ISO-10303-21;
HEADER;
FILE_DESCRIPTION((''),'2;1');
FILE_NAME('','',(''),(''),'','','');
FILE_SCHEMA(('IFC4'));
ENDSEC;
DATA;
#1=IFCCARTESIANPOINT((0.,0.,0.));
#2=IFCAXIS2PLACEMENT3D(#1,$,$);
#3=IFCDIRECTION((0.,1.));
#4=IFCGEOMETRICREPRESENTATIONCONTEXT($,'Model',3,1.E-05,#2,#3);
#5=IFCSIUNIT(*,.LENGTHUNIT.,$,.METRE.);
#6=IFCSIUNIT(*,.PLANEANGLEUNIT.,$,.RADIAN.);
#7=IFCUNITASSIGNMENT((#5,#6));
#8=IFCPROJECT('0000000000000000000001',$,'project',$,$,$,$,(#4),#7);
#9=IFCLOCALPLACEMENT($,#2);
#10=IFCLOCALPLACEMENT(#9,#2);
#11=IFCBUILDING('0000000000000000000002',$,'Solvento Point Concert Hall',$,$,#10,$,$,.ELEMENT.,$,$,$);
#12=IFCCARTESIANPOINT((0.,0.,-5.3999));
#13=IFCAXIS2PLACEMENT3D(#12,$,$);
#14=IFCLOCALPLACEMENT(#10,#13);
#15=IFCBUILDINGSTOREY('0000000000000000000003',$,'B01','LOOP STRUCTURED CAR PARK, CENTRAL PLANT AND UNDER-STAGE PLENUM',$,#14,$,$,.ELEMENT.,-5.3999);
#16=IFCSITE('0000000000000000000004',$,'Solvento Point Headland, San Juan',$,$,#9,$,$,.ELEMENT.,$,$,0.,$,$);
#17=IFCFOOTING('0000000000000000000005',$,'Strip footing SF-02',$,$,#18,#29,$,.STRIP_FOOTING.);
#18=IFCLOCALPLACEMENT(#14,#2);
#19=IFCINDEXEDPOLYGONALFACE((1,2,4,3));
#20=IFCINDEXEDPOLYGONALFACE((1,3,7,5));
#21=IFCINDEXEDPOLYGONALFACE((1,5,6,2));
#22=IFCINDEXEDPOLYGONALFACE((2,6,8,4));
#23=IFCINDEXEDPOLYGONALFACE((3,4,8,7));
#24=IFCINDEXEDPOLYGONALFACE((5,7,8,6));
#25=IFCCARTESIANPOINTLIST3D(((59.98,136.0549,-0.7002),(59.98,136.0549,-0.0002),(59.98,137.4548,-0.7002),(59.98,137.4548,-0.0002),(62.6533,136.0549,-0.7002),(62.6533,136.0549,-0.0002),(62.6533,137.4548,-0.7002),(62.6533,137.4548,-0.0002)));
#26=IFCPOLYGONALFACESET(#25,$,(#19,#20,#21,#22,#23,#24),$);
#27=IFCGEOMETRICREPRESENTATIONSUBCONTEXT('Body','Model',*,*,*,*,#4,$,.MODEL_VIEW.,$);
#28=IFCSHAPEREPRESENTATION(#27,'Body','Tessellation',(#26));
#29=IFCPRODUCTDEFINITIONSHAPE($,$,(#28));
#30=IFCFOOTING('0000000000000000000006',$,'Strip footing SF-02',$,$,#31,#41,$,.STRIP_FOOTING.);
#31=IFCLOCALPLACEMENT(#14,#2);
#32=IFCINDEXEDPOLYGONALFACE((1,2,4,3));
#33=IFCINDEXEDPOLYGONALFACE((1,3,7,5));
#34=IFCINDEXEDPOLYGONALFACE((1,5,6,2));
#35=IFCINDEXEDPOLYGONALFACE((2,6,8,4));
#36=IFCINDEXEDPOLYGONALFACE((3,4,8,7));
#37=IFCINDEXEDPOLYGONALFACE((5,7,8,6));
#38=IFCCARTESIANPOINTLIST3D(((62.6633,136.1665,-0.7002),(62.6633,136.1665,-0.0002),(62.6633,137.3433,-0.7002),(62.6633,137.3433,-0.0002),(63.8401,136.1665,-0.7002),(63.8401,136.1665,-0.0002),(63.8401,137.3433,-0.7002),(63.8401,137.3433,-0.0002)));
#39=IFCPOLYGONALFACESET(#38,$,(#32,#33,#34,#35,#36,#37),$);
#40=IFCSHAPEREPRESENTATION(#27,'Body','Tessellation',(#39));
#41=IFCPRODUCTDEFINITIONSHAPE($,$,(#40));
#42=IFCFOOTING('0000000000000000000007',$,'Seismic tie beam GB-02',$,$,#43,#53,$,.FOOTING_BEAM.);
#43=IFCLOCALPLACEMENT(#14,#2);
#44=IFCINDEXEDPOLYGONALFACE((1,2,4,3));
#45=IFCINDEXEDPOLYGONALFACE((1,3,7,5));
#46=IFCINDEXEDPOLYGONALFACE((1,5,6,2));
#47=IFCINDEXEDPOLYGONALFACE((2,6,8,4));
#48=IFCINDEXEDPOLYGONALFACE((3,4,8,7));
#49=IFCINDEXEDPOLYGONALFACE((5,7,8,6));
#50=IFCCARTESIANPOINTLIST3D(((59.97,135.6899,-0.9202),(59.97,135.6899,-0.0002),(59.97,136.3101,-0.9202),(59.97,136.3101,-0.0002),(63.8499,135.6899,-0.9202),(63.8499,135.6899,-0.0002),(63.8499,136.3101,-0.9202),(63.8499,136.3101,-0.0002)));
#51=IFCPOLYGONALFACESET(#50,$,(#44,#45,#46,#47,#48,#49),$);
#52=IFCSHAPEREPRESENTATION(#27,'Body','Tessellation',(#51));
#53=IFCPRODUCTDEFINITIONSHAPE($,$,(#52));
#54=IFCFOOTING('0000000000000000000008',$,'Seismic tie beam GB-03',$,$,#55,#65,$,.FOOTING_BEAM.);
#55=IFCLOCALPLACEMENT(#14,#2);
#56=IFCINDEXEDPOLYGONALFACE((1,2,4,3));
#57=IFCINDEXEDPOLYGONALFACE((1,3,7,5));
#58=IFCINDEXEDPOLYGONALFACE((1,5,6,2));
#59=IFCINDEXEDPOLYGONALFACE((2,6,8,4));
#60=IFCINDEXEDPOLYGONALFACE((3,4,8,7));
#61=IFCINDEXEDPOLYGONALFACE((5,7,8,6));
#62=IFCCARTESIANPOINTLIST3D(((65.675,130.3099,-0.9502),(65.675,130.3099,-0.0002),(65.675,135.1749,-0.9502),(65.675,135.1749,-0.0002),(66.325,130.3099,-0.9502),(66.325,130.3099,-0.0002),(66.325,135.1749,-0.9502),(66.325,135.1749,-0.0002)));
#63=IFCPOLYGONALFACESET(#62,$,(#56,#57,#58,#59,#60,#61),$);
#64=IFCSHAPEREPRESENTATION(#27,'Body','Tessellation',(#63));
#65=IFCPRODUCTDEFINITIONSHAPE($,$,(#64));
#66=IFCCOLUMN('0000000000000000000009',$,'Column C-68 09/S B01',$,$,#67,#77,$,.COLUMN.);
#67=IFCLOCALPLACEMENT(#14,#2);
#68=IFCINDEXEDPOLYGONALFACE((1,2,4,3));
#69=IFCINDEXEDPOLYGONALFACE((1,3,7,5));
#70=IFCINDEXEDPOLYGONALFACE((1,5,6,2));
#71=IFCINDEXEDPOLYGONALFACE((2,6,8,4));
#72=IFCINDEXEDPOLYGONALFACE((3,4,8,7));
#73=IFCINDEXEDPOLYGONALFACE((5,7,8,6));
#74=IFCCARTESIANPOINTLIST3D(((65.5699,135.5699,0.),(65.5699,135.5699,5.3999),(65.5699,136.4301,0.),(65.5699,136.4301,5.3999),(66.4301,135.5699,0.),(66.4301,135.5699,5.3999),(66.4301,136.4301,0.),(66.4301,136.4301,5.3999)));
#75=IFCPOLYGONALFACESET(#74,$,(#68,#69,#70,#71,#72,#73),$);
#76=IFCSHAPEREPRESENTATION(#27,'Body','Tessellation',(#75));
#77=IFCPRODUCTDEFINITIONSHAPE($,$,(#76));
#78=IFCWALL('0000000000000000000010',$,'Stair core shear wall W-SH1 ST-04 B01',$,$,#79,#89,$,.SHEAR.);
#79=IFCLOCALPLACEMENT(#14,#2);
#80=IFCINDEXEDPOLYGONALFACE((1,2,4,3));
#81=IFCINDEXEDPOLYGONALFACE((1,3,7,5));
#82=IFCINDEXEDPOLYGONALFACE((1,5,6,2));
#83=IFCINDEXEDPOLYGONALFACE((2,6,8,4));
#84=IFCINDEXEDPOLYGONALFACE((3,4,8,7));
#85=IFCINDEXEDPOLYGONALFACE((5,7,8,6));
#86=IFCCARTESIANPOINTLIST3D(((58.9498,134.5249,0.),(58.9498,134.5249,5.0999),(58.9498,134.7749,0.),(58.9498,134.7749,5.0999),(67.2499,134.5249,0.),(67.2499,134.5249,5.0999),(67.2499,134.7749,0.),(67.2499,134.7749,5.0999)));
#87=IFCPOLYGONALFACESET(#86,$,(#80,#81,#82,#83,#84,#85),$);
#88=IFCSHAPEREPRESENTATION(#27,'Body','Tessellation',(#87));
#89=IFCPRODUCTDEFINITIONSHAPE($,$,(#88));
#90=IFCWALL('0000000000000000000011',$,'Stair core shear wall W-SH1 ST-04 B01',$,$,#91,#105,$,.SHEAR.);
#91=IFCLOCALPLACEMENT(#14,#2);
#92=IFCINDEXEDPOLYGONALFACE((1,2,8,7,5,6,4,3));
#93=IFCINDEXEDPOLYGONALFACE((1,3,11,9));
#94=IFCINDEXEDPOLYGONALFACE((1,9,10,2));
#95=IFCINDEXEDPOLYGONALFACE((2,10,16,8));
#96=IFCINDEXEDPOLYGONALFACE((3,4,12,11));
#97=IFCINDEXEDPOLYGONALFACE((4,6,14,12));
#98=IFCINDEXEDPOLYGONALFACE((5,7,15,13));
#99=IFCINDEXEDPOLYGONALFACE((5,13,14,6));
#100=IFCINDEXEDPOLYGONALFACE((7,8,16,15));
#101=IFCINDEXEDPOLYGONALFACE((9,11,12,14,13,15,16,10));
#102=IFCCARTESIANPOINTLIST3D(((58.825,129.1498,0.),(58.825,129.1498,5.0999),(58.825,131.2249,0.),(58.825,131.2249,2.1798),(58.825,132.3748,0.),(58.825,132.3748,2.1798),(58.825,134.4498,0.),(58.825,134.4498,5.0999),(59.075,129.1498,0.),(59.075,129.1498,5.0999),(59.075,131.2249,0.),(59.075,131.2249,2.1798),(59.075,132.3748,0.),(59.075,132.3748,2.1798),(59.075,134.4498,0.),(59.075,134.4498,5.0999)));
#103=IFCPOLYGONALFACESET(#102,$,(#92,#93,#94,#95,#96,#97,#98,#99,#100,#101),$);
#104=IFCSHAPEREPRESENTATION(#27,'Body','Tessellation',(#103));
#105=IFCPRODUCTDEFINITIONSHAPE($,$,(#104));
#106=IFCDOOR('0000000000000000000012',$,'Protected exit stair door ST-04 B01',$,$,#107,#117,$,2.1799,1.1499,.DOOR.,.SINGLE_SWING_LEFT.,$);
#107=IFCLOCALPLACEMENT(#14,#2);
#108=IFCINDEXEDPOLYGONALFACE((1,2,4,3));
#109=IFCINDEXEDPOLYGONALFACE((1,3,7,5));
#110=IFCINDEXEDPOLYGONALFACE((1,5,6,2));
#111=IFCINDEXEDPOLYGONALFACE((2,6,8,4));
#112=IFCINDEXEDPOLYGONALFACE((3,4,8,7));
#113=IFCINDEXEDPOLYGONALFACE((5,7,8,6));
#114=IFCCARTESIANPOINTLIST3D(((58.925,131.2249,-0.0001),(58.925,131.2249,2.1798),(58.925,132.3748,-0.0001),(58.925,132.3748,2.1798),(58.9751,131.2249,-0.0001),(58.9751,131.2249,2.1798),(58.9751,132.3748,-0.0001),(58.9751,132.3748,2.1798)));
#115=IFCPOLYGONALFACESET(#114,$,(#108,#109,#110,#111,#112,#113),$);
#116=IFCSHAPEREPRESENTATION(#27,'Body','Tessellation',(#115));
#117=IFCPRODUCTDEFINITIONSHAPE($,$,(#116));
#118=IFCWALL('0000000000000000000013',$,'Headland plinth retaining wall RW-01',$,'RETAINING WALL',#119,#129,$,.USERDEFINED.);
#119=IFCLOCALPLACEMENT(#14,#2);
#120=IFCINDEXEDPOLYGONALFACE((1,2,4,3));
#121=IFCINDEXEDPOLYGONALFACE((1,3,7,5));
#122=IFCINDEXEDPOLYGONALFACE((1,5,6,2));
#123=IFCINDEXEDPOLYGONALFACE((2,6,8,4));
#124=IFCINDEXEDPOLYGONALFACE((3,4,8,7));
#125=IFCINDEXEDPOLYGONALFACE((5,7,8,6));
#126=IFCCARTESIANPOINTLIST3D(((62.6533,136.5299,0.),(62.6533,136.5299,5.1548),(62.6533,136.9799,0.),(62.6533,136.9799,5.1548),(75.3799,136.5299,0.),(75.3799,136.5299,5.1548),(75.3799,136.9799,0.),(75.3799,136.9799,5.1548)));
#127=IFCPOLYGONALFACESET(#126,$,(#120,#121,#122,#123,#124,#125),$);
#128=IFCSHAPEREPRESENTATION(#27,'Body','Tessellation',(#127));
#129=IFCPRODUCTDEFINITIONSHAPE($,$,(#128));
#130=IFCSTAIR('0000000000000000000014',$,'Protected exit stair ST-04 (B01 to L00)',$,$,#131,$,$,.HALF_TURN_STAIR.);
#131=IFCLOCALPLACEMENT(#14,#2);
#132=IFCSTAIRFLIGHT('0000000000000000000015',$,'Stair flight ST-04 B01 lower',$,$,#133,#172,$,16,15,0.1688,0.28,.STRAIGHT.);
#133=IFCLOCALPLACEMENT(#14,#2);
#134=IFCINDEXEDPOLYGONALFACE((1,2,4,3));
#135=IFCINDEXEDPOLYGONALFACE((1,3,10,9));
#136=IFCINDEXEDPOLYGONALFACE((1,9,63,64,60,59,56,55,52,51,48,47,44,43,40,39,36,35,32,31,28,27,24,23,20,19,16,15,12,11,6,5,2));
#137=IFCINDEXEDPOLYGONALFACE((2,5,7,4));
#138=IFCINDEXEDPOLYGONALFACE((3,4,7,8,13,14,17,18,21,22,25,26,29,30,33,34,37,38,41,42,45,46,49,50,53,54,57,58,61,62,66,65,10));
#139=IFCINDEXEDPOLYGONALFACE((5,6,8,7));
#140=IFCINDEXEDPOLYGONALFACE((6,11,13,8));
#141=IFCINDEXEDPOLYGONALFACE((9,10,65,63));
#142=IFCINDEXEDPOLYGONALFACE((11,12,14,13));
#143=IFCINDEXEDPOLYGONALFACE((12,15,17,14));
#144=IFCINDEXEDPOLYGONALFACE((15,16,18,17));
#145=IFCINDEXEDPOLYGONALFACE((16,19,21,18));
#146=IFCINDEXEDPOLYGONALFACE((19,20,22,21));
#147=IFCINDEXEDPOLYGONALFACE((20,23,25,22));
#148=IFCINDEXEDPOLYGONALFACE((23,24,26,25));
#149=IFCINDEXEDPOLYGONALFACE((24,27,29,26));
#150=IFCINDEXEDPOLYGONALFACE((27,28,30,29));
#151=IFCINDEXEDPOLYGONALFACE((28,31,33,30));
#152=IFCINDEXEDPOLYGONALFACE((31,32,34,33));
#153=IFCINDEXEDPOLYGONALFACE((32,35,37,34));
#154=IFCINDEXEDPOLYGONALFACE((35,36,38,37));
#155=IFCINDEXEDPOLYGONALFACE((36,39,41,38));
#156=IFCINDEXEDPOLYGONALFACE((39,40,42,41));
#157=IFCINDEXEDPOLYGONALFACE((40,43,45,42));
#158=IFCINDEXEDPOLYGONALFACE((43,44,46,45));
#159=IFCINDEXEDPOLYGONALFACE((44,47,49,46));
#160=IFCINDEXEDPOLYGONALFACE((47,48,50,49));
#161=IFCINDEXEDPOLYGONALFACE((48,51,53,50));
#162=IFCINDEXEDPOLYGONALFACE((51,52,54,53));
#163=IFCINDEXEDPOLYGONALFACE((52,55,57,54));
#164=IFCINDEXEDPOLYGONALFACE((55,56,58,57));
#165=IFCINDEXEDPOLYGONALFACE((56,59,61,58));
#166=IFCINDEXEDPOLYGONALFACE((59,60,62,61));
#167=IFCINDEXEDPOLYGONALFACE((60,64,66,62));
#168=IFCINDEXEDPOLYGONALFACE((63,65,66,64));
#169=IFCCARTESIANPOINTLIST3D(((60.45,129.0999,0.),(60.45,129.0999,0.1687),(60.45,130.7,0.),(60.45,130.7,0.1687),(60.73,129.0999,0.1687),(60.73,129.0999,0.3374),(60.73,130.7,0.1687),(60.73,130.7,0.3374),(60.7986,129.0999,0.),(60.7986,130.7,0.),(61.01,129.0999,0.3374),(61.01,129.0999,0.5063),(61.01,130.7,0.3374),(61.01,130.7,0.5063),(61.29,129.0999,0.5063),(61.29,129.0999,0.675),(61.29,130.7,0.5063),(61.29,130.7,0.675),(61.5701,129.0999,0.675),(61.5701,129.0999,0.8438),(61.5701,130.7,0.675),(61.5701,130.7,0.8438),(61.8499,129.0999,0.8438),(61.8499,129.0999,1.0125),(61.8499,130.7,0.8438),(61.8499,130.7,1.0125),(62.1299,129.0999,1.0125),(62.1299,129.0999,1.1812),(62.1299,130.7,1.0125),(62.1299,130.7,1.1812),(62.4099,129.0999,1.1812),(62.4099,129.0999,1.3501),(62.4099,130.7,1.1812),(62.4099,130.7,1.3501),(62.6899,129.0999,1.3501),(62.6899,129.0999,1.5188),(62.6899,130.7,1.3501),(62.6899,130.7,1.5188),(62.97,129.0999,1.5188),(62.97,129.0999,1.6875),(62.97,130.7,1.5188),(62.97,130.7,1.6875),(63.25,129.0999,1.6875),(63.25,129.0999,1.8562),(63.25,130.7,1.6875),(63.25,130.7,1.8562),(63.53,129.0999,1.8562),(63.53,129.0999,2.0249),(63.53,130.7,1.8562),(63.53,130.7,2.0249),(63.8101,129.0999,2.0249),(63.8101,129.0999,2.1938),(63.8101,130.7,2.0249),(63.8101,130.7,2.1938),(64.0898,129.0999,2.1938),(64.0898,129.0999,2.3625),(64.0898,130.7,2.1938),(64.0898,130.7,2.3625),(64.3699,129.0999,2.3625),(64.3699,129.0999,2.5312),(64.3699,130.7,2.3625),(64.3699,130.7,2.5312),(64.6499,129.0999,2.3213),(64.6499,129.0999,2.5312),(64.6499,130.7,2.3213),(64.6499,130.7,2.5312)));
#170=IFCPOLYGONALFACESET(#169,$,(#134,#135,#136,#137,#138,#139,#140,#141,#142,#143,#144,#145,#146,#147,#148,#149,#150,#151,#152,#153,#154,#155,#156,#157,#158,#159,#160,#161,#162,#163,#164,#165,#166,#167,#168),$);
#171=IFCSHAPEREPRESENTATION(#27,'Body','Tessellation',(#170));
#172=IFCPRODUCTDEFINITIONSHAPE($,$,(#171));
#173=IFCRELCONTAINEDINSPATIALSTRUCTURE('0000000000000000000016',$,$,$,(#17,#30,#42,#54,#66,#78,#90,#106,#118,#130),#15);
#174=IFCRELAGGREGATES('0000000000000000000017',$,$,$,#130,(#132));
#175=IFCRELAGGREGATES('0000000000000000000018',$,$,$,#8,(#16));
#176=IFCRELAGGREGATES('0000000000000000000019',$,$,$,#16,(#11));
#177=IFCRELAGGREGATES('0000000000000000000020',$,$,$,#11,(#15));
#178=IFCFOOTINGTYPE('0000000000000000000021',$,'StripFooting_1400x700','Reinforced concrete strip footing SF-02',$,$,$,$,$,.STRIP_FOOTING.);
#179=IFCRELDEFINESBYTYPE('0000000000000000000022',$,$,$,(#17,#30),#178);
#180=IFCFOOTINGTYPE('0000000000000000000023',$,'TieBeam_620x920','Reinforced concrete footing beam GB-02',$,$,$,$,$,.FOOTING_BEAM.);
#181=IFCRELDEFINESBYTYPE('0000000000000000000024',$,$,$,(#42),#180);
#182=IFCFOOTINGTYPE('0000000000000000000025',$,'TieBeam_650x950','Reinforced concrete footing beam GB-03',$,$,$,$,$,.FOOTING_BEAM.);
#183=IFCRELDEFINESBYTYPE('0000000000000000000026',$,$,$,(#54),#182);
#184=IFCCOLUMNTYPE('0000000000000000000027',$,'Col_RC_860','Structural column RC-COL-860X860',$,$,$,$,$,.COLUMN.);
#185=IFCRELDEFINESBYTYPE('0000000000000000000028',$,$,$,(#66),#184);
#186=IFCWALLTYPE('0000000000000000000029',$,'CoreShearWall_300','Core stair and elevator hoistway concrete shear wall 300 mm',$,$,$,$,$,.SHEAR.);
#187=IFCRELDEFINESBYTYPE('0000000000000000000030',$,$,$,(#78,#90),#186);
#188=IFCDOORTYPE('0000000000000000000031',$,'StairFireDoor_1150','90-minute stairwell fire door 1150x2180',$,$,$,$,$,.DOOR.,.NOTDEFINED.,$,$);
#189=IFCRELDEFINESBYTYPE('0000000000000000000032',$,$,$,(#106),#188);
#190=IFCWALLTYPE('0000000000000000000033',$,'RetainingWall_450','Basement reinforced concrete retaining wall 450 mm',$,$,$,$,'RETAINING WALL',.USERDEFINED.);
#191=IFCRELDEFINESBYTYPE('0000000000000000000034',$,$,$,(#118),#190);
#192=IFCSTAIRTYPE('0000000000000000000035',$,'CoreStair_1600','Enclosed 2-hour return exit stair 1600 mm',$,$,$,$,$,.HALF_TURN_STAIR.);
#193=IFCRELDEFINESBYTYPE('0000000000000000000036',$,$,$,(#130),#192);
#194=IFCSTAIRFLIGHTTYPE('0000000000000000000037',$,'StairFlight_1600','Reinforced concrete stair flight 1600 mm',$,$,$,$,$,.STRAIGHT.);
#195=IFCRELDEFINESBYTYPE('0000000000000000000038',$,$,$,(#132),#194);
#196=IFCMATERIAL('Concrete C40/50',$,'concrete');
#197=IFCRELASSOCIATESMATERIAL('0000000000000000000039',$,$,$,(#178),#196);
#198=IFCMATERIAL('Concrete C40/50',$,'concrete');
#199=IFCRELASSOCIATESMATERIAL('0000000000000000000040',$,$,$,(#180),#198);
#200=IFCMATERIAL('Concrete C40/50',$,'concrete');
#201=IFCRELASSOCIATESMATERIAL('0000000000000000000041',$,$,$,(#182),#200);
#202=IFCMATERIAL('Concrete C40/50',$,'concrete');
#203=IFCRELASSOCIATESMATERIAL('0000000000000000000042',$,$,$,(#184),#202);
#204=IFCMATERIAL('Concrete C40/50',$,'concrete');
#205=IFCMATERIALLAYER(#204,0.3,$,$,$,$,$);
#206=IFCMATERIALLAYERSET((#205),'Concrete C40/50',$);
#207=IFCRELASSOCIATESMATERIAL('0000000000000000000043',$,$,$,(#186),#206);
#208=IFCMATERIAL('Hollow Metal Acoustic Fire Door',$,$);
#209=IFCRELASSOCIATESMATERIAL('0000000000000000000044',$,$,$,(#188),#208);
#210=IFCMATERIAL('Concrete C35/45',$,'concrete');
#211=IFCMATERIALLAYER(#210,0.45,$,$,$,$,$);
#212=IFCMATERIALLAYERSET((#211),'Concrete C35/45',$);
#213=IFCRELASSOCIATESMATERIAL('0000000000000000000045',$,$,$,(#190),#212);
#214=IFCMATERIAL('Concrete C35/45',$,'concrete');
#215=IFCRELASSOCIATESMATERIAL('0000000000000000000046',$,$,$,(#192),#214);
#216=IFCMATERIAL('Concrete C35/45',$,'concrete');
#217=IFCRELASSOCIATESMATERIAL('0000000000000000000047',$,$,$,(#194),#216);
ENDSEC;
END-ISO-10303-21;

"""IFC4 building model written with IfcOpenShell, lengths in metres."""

from ifc_helpers import new_model, si_unit, direction, frame, frame_2d, origin, origin_2d, place, context, subcontext, project, spatial, polyline, rectangle, outline, extrude, material, layer, layer_set, material_profile, profile_set, type_object, element, fill, aggregate, save


model = new_model("IFC4")

# Units and contexts
model_context = context("Model", 3, precision=1e-05, world=origin(), true_north=direction((0.0, 1.0)))
body_context = subcontext(model_context, "Body", "Model", "MODEL_VIEW")
ifc_project = project(units=[si_unit("LENGTHUNIT", "METRE"), si_unit("PLANEANGLEUNIT", "RADIAN")], contexts=[model_context])

# Site, building, storey
site_placement = place(None, origin())
site = spatial("IfcSite", under=ifc_project, at=site_placement, Name="Solvento Point Headland, San Juan", CompositionType="ELEMENT", RefElevation=0.0)
building_placement = place(site_placement, origin())
building = spatial("IfcBuilding", under=site, at=building_placement, Name="Solvento Point Concert Hall", CompositionType="ELEMENT")
storey_placement = place(building_placement, frame((0.0, 0.0, -5.3999)))
storey = spatial("IfcBuildingStorey", under=building, at=storey_placement, Name="B01", Description="LOOP STRUCTURED CAR PARK, CENTRAL PLANT AND UNDER-STAGE PLENUM", CompositionType="ELEMENT", Elevation=-5.3999)

# Footings
ifc_material_1 = material(Name="Concrete C40/50", Category="concrete")
footing_type_1 = type_object("IfcFootingType", Name="StripFooting_1400x700", Description="Reinforced concrete strip footing SF-02", PredefinedType="STRIP_FOOTING", material=ifc_material_1)
footing_1_placement = place(storey_placement, frame((61.3167, 136.7549, -0.7002), z_axis=(0.0, 0.0, 1.0), x_axis=(1.0, 0.0, 0.0)))
element("IfcFooting", 1, at=footing_1_placement, inside=storey, type_object=footing_type_1, Name="Strip footing SF-02", PredefinedType="STRIP_FOOTING", context=body_context, shape_type="SweptSolid", body=[
    extrude(rectangle(XDim=2.6733, YDim=1.3999, at=origin_2d()), origin(), (0.0, 0.0, 1.0), 0.7),
])
footing_2_placement = place(storey_placement, frame((63.2517, 136.7549, -0.7002), z_axis=(0.0, 0.0, 1.0), x_axis=(1.0, 0.0, 0.0)))
element("IfcFooting", 2, at=footing_2_placement, inside=storey, type_object=footing_type_1, Name="Strip footing SF-02", PredefinedType="STRIP_FOOTING", context=body_context, shape_type="SweptSolid", body=[
    extrude(rectangle(XDim=1.1768, YDim=1.1768, at=origin_2d()), origin(), (0.0, 0.0, 1.0), 0.7),
])
ifc_material_2 = material(Name="Concrete C40/50", Category="concrete")
footing_type_2 = type_object("IfcFootingType", Name="TieBeam_620x920", Description="Reinforced concrete footing beam GB-02", PredefinedType="FOOTING_BEAM", material=ifc_material_2)
footing_3_placement = place(storey_placement, frame((61.9099, 136.0, -0.9202), z_axis=(0.0, 0.0, 1.0), x_axis=(1.0, 0.0, 0.0)))
element("IfcFooting", 3, at=footing_3_placement, inside=storey, type_object=footing_type_2, Name="Seismic tie beam GB-02", PredefinedType="FOOTING_BEAM", context=body_context, shape_type="SweptSolid", body=[
    extrude(rectangle(XDim=3.8799, YDim=0.6201, at=origin_2d()), origin(), (0.0, 0.0, 1.0), 0.9199),
])
ifc_material_3 = material(Name="Concrete C40/50", Category="concrete")
footing_type_3 = type_object("IfcFootingType", Name="TieBeam_650x950", Description="Reinforced concrete footing beam GB-03", PredefinedType="FOOTING_BEAM", material=ifc_material_3)
footing_4_placement = place(storey_placement, frame((66.0, 132.7424, -0.9502), z_axis=(0.0, 0.0, 1.0), x_axis=(0.0, 1.0, 0.0)))
element("IfcFooting", 4, at=footing_4_placement, inside=storey, type_object=footing_type_3, Name="Seismic tie beam GB-03", PredefinedType="FOOTING_BEAM", context=body_context, shape_type="SweptSolid", body=[
    extrude(rectangle(XDim=4.865, YDim=0.6499, at=origin_2d()), origin(), (0.0, 0.0, 1.0), 0.95),
])

# Column
ifc_material_4 = material(Name="Concrete C40/50", Category="concrete")
ifc_material_profile_1 = material_profile(ifc_material_4, rectangle(XDim=0.8601, YDim=0.8601, at=origin_2d()), Name="RC-COL-860X860")
ifc_profile_set_1 = profile_set([ifc_material_profile_1], Name="Concrete C40/50")
column_type = type_object("IfcColumnType", Name="Col_RC_860", Description="Structural column RC-COL-860X860", PredefinedType="COLUMN", material=ifc_profile_set_1)
column_placement = place(storey_placement, frame((66.0, 136.0, 0.0), z_axis=(0.0, 0.0, 1.0), x_axis=(1.0, 0.0, 0.0)))
element("IfcColumn", 5, at=column_placement, inside=storey, type_object=column_type, Name="Column C-68 09/S B01", PredefinedType="COLUMN", context=body_context, shape_type="SweptSolid", body=[
    extrude(rectangle(XDim=0.8601, YDim=0.8601, at=origin_2d()), origin(), (0.0, 0.0, 1.0), 5.3999),
])

# Wall
ifc_material_5 = material(Name="Concrete C40/50", Category="concrete")
ifc_layer_1 = layer(ifc_material_5, 0.3)
ifc_layer_set_1 = layer_set([ifc_layer_1], Name="Concrete C40/50")
wall_type_1 = type_object("IfcWallType", Name="CoreShearWall_300", Description="Core stair and elevator hoistway concrete shear wall 300 mm", PredefinedType="SHEAR", material=ifc_layer_set_1)
wall_1_placement = place(storey_placement, frame((58.95, 134.6499, 0.0), z_axis=(0.0, 0.0, 1.0), x_axis=(1.0, 0.0, 0.0)))
element("IfcWall", 6, at=wall_1_placement, inside=storey, type_object=wall_type_1, Name="Stair core shear wall W-SH1 ST-04 B01", PredefinedType="SHEAR", context=body_context, shape_type="SweptSolid", body=[
    extrude(rectangle(XDim=8.3, YDim=0.25, at=frame_2d((4.1499, 0.0))), origin(), (0.0, 0.0, 1.0), 5.0999),
])

# Wall, opening, door
wall_2_placement = place(storey_placement, frame((58.95, 129.1499, 0.0), z_axis=(0.0, 0.0, 1.0), x_axis=(0.0, 1.0, 0.0)))
wall_2 = element("IfcWall", 7, at=wall_2_placement, inside=storey, type_object=wall_type_1, Name="Stair core shear wall W-SH1 ST-04 B01", PredefinedType="SHEAR", context=body_context, shape_type="SweptSolid", body=[
    extrude(rectangle(XDim=5.3, YDim=0.25, at=frame_2d((2.6499, 0.0))), origin(), (0.0, 0.0, 1.0), 5.0999),
])
opening_placement = place(wall_2_placement, frame((2.075, 0.0, 0.0)))
opening = element("IfcOpeningElement", 8, at=opening_placement, cuts=wall_2, PredefinedType="OPENING", context=body_context, shape_type="SweptSolid", body=[
    extrude(rectangle(XDim=1.1499, YDim=2.1799, at=frame_2d((0.575, 1.0898))), frame((0.0, 0.135, 0.0), z_axis=(0.0, -1.0, 0.0), x_axis=(1.0, 0.0, 0.0)), (0.0, 0.0, 1.0), 0.27),
])
ifc_material_6 = material(Name="Hollow Metal Acoustic Fire Door")
door_type = type_object("IfcDoorType", Name="StairFireDoor_1150", Description="90-minute stairwell fire door 1150x2180", OperationType="NOTDEFINED", PredefinedType="DOOR", material=ifc_material_6)
door_placement = place(opening_placement, origin())
door = element("IfcDoor", 9, at=door_placement, inside=storey, type_object=door_type, Name="Protected exit stair door ST-04 B01", OperationType="SINGLE_SWING_LEFT", OverallHeight=2.1799, OverallWidth=1.1499, PredefinedType="DOOR", context=body_context, shape_type="SweptSolid", body=[
    extrude(rectangle(XDim=1.1499, YDim=2.1799, at=frame_2d((0.575, 1.0898))), frame((0.0, 0.0249, 0.0), z_axis=(0.0, -1.0, 0.0), x_axis=(1.0, 0.0, 0.0)), (0.0, 0.0, 1.0), 0.05),
])
fill(opening, door)

# Wall
ifc_material_7 = material(Name="Concrete C35/45", Category="concrete")
ifc_layer_2 = layer(ifc_material_7, 0.45)
ifc_layer_set_2 = layer_set([ifc_layer_2], Name="Concrete C35/45")
wall_type_2 = type_object("IfcWallType", Name="RetainingWall_450", Description="Basement reinforced concrete retaining wall 450 mm", ElementType="RETAINING WALL", PredefinedType="USERDEFINED", material=ifc_layer_set_2)
wall_3_placement = place(storey_placement, frame((62.6533, 136.7549, 0.0), z_axis=(0.0, 0.0, 1.0), x_axis=(1.0, 0.0, 0.0)))
element("IfcWall", 10, at=wall_3_placement, inside=storey, type_object=wall_type_2, Name="Headland plinth retaining wall RW-01", ObjectType="RETAINING WALL", PredefinedType="USERDEFINED", context=body_context, shape_type="SweptSolid", body=[
    extrude(rectangle(XDim=12.7266, YDim=0.45, at=frame_2d((6.3633, 0.0))), origin(), (0.0, 0.0, 1.0), 5.1548),
])

# Stair, stair flight
ifc_material_8 = material(Name="Concrete C35/45", Category="concrete")
stair_type = type_object("IfcStairType", Name="CoreStair_1600", Description="Enclosed 2-hour return exit stair 1600 mm", PredefinedType="HALF_TURN_STAIR", material=ifc_material_8)
stair_placement = place(storey_placement, origin())
stair = element("IfcStair", 11, at=stair_placement, inside=storey, type_object=stair_type, Name="Protected exit stair ST-04 (B01 to L00)", PredefinedType="HALF_TURN_STAIR")
ifc_material_9 = material(Name="Concrete C35/45", Category="concrete")
stair_flight_type = type_object("IfcStairFlightType", Name="StairFlight_1600", Description="Reinforced concrete stair flight 1600 mm", PredefinedType="STRAIGHT", material=ifc_material_9)
stair_flight_1_placement = place(storey_placement, frame((60.45, 129.8999, 0.0), z_axis=(0.0, 0.0, 1.0), x_axis=(1.0, 0.0, 0.0)))
stair_flight_1 = element("IfcStairFlight", 12, at=stair_flight_1_placement, type_object=stair_flight_type, Name="Stair flight ST-04 B01 lower", NumberOfRisers=16, NumberOfTreads=15, PredefinedType="STRAIGHT", RiserHeight=0.1688, TreadLength=0.28, context=body_context, shape_type="SweptSolid", body=[
    extrude(outline(polyline([(0.0, 0.0), (0.0, 0.1687), (0.28, 0.1687), (0.28, 0.3374), (0.5601, 0.3374), (0.5601, 0.5063), (0.8401, 0.5063), (0.8401, 0.675), (1.1201, 0.675), (1.1201, 0.8438), (1.3999, 0.8438), (1.3999, 1.0125), (1.6799, 1.0125), (1.6799, 1.1812), (1.96, 1.1812), (1.96, 1.3501), (2.24, 1.3501), (2.24, 1.5188), (2.52, 1.5188), (2.52, 1.6875), (2.8, 1.6875), (2.8, 1.8562), (3.0801, 1.8562), (3.0801, 2.0249), (3.3601, 2.0249), (3.3601, 2.1938), (3.6399, 2.1938), (3.6399, 2.3625), (3.9199, 2.3625), (3.9199, 2.5312), (4.2, 2.5312), (4.2, 2.7), (4.2, 2.3213), (0.3486, 0.0), (0.0, 0.0)])), frame((0.0, 0.8, 0.0), z_axis=(0.0, -1.0, 0.0), x_axis=(1.0, 0.0, 0.0)), (0.0, 0.0, 1.0), 1.6001),
])
aggregate(stair, [stair_flight_1])

save(model, "model.ifc")
